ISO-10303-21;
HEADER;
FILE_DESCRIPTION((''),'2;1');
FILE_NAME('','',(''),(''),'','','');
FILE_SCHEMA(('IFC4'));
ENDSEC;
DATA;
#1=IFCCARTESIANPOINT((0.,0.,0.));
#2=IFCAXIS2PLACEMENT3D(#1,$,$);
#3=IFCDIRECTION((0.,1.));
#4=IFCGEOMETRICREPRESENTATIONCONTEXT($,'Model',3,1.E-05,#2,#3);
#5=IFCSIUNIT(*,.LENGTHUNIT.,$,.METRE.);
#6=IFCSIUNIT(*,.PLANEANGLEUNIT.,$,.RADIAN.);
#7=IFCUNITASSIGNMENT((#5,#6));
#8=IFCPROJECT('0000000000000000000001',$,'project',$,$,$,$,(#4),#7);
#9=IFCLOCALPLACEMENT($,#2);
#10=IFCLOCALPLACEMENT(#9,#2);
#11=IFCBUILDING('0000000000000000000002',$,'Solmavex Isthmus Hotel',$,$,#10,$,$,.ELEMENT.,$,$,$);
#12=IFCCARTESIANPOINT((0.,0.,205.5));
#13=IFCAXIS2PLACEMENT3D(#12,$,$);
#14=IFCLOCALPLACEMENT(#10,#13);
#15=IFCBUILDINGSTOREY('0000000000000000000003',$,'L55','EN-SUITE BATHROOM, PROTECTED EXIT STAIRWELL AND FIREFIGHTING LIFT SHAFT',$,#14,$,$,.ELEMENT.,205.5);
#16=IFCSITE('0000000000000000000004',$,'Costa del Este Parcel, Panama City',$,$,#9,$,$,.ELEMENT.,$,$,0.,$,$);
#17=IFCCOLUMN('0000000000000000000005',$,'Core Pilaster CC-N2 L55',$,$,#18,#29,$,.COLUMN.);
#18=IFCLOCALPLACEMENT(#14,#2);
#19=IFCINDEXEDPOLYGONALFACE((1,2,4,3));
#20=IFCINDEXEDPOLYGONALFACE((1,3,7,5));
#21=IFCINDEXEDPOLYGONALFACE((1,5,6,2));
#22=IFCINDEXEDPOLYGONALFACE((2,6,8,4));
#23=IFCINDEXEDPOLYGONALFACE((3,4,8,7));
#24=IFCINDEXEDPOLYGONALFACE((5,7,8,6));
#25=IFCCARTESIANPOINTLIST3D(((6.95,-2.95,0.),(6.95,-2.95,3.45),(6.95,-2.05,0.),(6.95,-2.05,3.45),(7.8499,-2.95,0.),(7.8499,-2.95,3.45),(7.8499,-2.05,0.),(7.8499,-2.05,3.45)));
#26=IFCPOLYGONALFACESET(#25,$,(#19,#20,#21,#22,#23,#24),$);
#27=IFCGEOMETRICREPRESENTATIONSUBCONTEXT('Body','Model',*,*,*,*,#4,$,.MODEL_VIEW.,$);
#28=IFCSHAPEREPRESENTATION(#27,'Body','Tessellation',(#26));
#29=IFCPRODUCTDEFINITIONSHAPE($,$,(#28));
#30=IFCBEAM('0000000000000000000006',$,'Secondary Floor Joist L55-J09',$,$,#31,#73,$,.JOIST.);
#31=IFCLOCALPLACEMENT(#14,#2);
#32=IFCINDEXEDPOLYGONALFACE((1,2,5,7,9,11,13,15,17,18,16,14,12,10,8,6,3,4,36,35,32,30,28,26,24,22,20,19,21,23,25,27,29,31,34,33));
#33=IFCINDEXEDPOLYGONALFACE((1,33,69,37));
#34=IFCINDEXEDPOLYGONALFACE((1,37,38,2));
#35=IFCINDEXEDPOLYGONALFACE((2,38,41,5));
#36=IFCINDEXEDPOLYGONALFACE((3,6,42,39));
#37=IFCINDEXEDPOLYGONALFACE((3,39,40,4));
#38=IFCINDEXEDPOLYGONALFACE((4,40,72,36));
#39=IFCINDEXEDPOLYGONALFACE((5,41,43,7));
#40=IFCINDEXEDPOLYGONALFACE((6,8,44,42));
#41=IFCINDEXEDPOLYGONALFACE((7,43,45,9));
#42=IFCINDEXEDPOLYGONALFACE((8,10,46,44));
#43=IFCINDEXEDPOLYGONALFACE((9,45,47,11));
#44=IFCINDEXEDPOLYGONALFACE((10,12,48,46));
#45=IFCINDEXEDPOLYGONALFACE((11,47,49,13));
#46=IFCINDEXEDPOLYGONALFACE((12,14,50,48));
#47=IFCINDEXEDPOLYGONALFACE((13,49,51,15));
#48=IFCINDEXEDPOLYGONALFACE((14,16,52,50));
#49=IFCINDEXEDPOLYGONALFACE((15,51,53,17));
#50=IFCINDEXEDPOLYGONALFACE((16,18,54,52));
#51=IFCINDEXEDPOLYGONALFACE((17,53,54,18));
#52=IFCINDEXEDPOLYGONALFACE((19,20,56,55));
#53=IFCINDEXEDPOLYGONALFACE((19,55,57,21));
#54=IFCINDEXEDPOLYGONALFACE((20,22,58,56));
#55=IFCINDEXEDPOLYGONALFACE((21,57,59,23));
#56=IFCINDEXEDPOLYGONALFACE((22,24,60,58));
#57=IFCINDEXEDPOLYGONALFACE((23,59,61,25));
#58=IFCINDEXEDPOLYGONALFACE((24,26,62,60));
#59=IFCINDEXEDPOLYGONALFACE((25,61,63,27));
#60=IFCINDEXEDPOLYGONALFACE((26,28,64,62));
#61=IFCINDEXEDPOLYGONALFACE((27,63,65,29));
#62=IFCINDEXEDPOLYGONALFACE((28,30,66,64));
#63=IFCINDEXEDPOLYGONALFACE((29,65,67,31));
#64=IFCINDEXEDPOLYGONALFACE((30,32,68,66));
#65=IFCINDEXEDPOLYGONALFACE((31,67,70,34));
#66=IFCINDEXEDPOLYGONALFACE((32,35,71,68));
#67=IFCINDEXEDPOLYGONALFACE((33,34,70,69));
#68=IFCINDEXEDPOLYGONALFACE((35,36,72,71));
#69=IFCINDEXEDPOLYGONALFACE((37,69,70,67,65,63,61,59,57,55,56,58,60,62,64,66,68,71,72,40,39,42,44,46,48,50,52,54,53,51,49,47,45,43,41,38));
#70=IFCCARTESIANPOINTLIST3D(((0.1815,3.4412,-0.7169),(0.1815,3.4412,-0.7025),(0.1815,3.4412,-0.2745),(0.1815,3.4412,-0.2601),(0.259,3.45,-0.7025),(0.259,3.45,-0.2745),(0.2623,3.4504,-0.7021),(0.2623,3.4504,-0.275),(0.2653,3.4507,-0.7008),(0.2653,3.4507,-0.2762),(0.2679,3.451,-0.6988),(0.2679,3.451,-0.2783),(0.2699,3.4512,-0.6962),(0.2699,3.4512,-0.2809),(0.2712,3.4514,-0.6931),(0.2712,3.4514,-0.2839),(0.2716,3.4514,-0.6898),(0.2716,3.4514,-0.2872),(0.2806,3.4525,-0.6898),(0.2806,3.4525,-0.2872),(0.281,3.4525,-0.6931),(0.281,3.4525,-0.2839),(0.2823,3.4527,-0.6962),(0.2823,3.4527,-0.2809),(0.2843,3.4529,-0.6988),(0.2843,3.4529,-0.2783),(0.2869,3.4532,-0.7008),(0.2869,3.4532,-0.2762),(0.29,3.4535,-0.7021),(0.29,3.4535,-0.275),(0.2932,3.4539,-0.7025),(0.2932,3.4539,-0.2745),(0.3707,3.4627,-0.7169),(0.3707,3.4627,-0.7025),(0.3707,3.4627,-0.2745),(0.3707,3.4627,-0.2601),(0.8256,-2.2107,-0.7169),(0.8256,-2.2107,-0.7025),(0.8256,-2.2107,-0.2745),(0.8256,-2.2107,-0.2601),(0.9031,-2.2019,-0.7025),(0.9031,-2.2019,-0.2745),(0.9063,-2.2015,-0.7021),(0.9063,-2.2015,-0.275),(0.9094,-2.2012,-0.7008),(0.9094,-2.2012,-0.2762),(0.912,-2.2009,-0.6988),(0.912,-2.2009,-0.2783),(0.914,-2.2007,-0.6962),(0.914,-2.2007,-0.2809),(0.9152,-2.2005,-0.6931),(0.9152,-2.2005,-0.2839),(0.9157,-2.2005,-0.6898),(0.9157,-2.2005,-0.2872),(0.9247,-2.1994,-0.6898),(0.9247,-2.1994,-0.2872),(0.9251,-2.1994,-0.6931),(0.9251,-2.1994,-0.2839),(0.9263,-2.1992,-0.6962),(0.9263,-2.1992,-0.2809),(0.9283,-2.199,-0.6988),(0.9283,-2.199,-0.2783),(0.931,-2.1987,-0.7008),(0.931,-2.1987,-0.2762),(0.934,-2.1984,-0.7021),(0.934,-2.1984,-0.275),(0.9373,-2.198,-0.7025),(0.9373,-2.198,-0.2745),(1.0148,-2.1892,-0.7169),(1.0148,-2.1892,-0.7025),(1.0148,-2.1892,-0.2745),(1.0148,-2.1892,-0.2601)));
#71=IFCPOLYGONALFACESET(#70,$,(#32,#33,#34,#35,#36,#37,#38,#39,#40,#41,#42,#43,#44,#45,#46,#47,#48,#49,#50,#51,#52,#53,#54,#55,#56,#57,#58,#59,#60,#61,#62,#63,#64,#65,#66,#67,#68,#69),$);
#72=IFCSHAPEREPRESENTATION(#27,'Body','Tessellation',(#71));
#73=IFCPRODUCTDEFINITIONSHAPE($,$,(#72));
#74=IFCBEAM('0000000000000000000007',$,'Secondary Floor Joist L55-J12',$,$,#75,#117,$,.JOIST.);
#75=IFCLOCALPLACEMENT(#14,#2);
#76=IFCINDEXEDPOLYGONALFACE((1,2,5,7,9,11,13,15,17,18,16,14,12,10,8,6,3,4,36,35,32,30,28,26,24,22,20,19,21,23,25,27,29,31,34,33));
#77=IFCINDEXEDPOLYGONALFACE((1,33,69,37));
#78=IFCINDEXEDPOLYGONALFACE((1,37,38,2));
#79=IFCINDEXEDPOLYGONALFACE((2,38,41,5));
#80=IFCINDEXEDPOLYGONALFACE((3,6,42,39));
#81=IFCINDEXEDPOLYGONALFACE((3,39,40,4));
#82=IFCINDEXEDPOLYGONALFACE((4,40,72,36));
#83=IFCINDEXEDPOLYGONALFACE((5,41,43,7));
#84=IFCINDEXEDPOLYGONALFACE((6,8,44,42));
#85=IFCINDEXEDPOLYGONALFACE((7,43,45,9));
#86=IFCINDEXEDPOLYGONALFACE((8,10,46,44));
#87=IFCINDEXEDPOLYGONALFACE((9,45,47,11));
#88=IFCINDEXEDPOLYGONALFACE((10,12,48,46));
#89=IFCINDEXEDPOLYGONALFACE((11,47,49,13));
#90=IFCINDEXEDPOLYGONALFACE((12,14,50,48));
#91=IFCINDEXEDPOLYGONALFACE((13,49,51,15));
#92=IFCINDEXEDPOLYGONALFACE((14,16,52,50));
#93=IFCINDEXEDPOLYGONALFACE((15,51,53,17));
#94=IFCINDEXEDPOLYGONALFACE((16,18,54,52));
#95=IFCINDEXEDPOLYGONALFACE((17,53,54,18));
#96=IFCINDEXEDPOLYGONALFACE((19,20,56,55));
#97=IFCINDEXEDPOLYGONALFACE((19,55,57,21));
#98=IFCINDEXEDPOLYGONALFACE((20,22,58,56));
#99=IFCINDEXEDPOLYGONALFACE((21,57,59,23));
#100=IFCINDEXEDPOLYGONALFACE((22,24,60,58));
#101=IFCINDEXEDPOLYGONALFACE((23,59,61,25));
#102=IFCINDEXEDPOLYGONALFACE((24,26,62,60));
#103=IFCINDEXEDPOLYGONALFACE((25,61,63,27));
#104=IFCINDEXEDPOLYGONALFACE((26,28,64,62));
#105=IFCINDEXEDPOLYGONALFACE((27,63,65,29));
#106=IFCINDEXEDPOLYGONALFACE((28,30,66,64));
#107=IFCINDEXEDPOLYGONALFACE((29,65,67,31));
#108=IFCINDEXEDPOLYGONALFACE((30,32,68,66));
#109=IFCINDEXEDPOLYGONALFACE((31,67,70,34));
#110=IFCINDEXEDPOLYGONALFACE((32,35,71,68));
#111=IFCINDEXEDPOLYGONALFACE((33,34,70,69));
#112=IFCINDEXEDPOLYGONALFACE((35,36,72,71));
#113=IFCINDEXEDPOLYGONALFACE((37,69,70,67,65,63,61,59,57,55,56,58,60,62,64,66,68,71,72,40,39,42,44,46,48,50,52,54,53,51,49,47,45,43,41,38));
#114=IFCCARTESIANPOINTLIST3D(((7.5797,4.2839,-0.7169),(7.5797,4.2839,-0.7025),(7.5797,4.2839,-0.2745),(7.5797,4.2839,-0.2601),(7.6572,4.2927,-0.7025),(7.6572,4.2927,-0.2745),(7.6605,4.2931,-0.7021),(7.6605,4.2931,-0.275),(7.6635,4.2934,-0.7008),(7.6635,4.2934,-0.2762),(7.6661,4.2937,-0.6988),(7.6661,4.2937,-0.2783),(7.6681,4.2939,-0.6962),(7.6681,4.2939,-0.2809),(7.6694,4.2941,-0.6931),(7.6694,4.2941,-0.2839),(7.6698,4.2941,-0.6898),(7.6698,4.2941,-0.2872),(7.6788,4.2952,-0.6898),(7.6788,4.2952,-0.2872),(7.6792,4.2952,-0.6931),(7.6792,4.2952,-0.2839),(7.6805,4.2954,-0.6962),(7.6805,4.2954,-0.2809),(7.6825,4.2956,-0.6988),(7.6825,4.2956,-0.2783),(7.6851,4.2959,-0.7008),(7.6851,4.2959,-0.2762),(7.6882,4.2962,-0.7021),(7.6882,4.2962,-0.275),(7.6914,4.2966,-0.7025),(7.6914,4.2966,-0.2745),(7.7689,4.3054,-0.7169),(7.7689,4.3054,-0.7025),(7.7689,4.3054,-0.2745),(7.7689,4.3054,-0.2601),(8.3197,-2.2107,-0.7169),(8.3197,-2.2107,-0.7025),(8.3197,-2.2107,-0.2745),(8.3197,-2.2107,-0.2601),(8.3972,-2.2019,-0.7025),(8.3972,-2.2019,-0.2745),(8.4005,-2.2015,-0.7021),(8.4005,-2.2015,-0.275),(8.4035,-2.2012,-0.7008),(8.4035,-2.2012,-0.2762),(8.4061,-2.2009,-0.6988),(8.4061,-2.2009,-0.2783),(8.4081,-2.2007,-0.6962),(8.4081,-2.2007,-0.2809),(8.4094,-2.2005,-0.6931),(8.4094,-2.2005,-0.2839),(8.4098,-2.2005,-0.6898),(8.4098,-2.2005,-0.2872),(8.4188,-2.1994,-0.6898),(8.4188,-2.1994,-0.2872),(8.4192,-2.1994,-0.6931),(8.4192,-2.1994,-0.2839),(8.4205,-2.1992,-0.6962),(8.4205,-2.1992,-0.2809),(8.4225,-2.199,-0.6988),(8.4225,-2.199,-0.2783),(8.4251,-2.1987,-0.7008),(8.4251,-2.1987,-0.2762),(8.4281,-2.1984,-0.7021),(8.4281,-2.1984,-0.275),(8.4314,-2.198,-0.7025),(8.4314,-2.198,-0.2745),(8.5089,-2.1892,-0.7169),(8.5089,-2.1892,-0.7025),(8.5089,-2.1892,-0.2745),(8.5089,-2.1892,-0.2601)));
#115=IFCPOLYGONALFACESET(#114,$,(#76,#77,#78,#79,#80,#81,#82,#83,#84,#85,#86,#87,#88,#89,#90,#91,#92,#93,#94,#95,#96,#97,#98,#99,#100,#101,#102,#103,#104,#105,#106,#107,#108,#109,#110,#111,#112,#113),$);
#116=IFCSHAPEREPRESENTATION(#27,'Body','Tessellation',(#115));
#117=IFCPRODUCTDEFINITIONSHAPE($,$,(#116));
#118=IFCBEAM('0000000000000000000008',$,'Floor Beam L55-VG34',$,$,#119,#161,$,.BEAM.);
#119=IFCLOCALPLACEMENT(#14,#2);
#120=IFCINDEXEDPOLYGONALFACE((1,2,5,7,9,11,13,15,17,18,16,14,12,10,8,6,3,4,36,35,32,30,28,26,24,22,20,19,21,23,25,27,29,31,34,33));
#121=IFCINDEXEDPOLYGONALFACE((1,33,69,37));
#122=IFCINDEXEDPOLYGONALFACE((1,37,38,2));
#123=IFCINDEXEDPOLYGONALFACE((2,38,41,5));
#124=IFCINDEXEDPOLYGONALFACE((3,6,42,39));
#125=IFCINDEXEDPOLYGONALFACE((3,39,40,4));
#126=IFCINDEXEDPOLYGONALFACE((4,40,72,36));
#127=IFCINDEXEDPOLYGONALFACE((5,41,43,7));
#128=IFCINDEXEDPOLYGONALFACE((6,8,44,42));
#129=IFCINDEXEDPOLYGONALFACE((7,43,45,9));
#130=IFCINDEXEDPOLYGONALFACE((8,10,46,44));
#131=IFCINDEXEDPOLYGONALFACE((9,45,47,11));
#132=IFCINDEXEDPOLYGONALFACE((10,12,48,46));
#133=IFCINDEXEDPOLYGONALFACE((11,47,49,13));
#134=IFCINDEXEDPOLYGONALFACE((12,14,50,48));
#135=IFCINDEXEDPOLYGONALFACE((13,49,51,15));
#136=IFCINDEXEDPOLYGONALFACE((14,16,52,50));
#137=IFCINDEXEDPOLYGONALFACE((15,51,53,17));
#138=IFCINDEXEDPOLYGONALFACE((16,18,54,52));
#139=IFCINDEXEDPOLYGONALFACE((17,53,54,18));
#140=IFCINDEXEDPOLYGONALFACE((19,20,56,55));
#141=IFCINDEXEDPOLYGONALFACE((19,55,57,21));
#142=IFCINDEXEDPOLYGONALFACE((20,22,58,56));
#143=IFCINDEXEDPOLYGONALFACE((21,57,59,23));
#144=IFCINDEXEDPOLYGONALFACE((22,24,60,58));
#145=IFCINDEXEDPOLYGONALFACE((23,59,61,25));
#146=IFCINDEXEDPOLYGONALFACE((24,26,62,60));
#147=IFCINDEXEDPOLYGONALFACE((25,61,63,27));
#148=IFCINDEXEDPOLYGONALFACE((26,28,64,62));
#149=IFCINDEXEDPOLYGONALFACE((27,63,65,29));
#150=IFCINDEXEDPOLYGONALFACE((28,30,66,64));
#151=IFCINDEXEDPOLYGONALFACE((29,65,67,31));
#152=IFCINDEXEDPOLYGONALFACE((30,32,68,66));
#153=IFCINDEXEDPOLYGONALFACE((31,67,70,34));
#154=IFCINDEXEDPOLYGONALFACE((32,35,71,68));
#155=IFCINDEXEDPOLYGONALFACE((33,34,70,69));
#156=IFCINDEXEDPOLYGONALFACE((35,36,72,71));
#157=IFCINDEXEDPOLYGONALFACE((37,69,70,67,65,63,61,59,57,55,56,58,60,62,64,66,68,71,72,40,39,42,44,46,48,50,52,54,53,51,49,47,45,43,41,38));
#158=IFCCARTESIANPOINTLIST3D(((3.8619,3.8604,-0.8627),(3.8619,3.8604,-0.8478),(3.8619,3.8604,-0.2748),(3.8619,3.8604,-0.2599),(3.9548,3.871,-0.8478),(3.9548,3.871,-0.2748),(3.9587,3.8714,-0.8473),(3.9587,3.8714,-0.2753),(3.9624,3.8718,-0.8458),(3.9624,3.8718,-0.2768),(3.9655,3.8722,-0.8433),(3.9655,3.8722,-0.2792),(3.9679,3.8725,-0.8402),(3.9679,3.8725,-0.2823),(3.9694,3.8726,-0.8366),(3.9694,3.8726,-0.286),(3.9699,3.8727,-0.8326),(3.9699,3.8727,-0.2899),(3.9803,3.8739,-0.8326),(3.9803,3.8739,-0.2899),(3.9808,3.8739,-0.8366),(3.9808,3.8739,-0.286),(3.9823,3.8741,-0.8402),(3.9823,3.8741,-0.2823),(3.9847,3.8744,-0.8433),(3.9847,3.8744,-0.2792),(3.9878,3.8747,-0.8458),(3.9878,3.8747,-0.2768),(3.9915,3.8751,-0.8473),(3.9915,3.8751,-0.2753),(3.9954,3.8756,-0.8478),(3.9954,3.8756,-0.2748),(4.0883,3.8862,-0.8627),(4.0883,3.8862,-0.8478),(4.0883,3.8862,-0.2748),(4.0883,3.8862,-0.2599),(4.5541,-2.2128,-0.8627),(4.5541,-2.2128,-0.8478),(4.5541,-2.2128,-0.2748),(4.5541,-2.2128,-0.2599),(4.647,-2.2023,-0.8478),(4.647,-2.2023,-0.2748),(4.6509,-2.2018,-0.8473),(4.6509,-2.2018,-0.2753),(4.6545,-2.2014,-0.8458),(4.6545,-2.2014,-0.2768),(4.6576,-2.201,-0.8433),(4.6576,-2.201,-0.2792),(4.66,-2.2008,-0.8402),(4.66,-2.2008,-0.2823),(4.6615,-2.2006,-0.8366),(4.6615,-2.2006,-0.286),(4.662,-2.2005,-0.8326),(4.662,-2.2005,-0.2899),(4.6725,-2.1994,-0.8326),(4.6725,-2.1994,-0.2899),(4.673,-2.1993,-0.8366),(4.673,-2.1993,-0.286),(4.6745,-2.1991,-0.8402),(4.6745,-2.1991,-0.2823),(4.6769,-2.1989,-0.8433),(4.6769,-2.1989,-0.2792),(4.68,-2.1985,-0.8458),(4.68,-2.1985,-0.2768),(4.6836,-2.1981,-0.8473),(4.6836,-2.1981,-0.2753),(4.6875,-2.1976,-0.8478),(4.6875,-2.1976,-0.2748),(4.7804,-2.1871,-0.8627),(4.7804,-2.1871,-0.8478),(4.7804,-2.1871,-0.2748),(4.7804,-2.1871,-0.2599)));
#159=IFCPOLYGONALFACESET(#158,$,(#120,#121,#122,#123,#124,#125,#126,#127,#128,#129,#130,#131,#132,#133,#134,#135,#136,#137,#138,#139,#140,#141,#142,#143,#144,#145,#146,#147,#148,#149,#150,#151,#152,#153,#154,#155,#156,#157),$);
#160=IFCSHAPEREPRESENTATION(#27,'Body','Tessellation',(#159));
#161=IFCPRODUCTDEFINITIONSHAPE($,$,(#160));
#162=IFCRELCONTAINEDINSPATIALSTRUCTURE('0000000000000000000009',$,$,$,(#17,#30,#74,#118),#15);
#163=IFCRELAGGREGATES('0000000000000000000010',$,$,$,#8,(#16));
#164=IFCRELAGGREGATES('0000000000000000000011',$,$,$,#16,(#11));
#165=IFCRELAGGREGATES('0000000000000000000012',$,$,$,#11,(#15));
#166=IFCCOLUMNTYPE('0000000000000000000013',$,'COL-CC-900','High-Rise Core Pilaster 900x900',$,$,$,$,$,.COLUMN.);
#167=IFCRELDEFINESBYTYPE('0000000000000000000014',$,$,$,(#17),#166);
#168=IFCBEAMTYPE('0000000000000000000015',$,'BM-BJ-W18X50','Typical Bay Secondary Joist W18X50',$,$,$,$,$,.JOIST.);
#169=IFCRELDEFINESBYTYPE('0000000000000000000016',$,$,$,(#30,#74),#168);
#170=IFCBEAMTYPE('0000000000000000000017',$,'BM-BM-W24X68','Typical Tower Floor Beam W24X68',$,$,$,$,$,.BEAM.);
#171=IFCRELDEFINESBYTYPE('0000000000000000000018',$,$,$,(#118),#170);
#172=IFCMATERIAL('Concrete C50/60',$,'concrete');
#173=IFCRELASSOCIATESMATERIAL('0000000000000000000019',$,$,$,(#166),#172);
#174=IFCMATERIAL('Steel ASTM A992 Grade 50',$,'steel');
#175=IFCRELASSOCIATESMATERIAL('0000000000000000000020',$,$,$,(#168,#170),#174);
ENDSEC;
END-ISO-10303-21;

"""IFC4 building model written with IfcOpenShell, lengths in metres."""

from ifc_helpers import new_model, si_unit, direction, frame, origin, origin_2d, place, context, subcontext, project, spatial, rectangle, i_section, extrude, material, material_profile, profile_set, type_object, element, save


model = new_model("IFC4")

# Units and contexts
model_context = context("Model", 3, precision=1e-05, world=origin(), true_north=direction((0.0, 1.0)))
body_context = subcontext(model_context, "Body", "Model", "MODEL_VIEW")
ifc_project = project(units=[si_unit("LENGTHUNIT", "METRE"), si_unit("PLANEANGLEUNIT", "RADIAN")], contexts=[model_context])

# Site, building, storey
site_placement = place(None, origin())
site = spatial("IfcSite", under=ifc_project, at=site_placement, Name="Costa del Este Parcel, Panama City", CompositionType="ELEMENT", RefElevation=0.0)
building_placement = place(site_placement, origin())
building = spatial("IfcBuilding", under=site, at=building_placement, Name="Solmavex Isthmus Hotel", CompositionType="ELEMENT")
storey_placement = place(building_placement, frame((0.0, 0.0, 205.5)))
storey = spatial("IfcBuildingStorey", under=building, at=storey_placement, Name="L55", Description="EN-SUITE BATHROOM, PROTECTED EXIT STAIRWELL AND FIREFIGHTING LIFT SHAFT", CompositionType="ELEMENT", Elevation=205.5)

# Column
ifc_material_1 = material(Name="Concrete C50/60", Category="concrete")
ifc_material_profile_1 = material_profile(ifc_material_1, rectangle(XDim=0.8999, YDim=0.8999, at=origin_2d()), Name="RC900X900")
ifc_profile_set_1 = profile_set([ifc_material_profile_1], Name="Concrete C50/60")
column_type = type_object("IfcColumnType", Name="COL-CC-900", Description="High-Rise Core Pilaster 900x900", PredefinedType="COLUMN", material=ifc_profile_set_1)
column_placement = place(storey_placement, frame((7.3999, -2.5, 0.0), z_axis=(0.0, 0.0, 1.0), x_axis=(1.0, 0.0, 0.0)))
element("IfcColumn", 1, at=column_placement, inside=storey, type_object=column_type, Name="Core Pilaster CC-N2 L55", PredefinedType="COLUMN", context=body_context, shape_type="SweptSolid", body=[
    extrude(rectangle(XDim=0.8999, YDim=0.8999, at=origin_2d()), origin(), (0.0, 0.0, 1.0), 3.45),
])

# Beams
ifc_material_2 = material(Name="Steel ASTM A992 Grade 50", Category="steel")
ifc_material_profile_2 = material_profile(ifc_material_2, i_section(OverallWidth=0.1904, OverallDepth=0.4568, WebThickness=0.009, FlangeThickness=0.0144, FilletRadius=0.0127, at=origin_2d()), Name="W18X50")
ifc_profile_set_2 = profile_set([ifc_material_profile_2], Name="Steel ASTM A992 Grade 50")
beam_type_1 = type_object("IfcBeamType", Name="BM-BJ-W18X50", Description="Typical Bay Secondary Joist W18X50", PredefinedType="JOIST", material=ifc_profile_set_2)
beam_1_placement = place(storey_placement, frame((0.9202, -2.2, -0.4885), z_axis=(-0.11322, 0.99357, 0.0), x_axis=(-0.99357, -0.11322, 0.0)))
element("IfcBeam", 2, at=beam_1_placement, inside=storey, type_object=beam_type_1, Name="Secondary Floor Joist L55-J09", PredefinedType="JOIST", context=body_context, shape_type="SweptSolid", body=[
    extrude(i_section(OverallWidth=0.1904, OverallDepth=0.4568, WebThickness=0.009, FlangeThickness=0.0144, FilletRadius=0.0127, at=origin_2d()), origin(), (0.0, 0.0, 1.0), 5.6885),
])
beam_2_placement = place(storey_placement, frame((8.4143, -2.2, -0.4885), z_axis=(-0.113206, 0.993571, 0.0), x_axis=(-0.993571, -0.113206, 0.0)))
element("IfcBeam", 3, at=beam_2_placement, inside=storey, type_object=beam_type_1, Name="Secondary Floor Joist L55-J12", PredefinedType="JOIST", context=body_context, shape_type="SweptSolid", body=[
    extrude(i_section(OverallWidth=0.1904, OverallDepth=0.4568, WebThickness=0.009, FlangeThickness=0.0144, FilletRadius=0.0127, at=origin_2d()), origin(), (0.0, 0.0, 1.0), 6.5366),
])
ifc_material_profile_3 = material_profile(ifc_material_2, i_section(OverallWidth=0.2278, OverallDepth=0.6028, WebThickness=0.0105, FlangeThickness=0.0149, FilletRadius=0.0151, at=origin_2d()), Name="W24X68")
ifc_profile_set_3 = profile_set([ifc_material_profile_3], Name="Steel ASTM A992 Grade 50")
beam_type_2 = type_object("IfcBeamType", Name="BM-BM-W24X68", Description="Typical Tower Floor Beam W24X68", PredefinedType="BEAM", material=ifc_profile_set_3)
beam_3_placement = place(storey_placement, frame((4.6672, -2.2, -0.5613), z_axis=(-0.113232, 0.993569, 0.0), x_axis=(-0.993569, -0.113232, 0.0)))
element("IfcBeam", 4, at=beam_3_placement, inside=storey, type_object=beam_type_2, Name="Floor Beam L55-VG34", PredefinedType="BEAM", context=body_context, shape_type="SweptSolid", body=[
    extrude(i_section(OverallWidth=0.2278, OverallDepth=0.6028, WebThickness=0.0105, FlangeThickness=0.0149, FilletRadius=0.0151, at=origin_2d()), origin(), (0.0, 0.0, 1.0), 6.1125),
])

save(model, "model.ifc")
